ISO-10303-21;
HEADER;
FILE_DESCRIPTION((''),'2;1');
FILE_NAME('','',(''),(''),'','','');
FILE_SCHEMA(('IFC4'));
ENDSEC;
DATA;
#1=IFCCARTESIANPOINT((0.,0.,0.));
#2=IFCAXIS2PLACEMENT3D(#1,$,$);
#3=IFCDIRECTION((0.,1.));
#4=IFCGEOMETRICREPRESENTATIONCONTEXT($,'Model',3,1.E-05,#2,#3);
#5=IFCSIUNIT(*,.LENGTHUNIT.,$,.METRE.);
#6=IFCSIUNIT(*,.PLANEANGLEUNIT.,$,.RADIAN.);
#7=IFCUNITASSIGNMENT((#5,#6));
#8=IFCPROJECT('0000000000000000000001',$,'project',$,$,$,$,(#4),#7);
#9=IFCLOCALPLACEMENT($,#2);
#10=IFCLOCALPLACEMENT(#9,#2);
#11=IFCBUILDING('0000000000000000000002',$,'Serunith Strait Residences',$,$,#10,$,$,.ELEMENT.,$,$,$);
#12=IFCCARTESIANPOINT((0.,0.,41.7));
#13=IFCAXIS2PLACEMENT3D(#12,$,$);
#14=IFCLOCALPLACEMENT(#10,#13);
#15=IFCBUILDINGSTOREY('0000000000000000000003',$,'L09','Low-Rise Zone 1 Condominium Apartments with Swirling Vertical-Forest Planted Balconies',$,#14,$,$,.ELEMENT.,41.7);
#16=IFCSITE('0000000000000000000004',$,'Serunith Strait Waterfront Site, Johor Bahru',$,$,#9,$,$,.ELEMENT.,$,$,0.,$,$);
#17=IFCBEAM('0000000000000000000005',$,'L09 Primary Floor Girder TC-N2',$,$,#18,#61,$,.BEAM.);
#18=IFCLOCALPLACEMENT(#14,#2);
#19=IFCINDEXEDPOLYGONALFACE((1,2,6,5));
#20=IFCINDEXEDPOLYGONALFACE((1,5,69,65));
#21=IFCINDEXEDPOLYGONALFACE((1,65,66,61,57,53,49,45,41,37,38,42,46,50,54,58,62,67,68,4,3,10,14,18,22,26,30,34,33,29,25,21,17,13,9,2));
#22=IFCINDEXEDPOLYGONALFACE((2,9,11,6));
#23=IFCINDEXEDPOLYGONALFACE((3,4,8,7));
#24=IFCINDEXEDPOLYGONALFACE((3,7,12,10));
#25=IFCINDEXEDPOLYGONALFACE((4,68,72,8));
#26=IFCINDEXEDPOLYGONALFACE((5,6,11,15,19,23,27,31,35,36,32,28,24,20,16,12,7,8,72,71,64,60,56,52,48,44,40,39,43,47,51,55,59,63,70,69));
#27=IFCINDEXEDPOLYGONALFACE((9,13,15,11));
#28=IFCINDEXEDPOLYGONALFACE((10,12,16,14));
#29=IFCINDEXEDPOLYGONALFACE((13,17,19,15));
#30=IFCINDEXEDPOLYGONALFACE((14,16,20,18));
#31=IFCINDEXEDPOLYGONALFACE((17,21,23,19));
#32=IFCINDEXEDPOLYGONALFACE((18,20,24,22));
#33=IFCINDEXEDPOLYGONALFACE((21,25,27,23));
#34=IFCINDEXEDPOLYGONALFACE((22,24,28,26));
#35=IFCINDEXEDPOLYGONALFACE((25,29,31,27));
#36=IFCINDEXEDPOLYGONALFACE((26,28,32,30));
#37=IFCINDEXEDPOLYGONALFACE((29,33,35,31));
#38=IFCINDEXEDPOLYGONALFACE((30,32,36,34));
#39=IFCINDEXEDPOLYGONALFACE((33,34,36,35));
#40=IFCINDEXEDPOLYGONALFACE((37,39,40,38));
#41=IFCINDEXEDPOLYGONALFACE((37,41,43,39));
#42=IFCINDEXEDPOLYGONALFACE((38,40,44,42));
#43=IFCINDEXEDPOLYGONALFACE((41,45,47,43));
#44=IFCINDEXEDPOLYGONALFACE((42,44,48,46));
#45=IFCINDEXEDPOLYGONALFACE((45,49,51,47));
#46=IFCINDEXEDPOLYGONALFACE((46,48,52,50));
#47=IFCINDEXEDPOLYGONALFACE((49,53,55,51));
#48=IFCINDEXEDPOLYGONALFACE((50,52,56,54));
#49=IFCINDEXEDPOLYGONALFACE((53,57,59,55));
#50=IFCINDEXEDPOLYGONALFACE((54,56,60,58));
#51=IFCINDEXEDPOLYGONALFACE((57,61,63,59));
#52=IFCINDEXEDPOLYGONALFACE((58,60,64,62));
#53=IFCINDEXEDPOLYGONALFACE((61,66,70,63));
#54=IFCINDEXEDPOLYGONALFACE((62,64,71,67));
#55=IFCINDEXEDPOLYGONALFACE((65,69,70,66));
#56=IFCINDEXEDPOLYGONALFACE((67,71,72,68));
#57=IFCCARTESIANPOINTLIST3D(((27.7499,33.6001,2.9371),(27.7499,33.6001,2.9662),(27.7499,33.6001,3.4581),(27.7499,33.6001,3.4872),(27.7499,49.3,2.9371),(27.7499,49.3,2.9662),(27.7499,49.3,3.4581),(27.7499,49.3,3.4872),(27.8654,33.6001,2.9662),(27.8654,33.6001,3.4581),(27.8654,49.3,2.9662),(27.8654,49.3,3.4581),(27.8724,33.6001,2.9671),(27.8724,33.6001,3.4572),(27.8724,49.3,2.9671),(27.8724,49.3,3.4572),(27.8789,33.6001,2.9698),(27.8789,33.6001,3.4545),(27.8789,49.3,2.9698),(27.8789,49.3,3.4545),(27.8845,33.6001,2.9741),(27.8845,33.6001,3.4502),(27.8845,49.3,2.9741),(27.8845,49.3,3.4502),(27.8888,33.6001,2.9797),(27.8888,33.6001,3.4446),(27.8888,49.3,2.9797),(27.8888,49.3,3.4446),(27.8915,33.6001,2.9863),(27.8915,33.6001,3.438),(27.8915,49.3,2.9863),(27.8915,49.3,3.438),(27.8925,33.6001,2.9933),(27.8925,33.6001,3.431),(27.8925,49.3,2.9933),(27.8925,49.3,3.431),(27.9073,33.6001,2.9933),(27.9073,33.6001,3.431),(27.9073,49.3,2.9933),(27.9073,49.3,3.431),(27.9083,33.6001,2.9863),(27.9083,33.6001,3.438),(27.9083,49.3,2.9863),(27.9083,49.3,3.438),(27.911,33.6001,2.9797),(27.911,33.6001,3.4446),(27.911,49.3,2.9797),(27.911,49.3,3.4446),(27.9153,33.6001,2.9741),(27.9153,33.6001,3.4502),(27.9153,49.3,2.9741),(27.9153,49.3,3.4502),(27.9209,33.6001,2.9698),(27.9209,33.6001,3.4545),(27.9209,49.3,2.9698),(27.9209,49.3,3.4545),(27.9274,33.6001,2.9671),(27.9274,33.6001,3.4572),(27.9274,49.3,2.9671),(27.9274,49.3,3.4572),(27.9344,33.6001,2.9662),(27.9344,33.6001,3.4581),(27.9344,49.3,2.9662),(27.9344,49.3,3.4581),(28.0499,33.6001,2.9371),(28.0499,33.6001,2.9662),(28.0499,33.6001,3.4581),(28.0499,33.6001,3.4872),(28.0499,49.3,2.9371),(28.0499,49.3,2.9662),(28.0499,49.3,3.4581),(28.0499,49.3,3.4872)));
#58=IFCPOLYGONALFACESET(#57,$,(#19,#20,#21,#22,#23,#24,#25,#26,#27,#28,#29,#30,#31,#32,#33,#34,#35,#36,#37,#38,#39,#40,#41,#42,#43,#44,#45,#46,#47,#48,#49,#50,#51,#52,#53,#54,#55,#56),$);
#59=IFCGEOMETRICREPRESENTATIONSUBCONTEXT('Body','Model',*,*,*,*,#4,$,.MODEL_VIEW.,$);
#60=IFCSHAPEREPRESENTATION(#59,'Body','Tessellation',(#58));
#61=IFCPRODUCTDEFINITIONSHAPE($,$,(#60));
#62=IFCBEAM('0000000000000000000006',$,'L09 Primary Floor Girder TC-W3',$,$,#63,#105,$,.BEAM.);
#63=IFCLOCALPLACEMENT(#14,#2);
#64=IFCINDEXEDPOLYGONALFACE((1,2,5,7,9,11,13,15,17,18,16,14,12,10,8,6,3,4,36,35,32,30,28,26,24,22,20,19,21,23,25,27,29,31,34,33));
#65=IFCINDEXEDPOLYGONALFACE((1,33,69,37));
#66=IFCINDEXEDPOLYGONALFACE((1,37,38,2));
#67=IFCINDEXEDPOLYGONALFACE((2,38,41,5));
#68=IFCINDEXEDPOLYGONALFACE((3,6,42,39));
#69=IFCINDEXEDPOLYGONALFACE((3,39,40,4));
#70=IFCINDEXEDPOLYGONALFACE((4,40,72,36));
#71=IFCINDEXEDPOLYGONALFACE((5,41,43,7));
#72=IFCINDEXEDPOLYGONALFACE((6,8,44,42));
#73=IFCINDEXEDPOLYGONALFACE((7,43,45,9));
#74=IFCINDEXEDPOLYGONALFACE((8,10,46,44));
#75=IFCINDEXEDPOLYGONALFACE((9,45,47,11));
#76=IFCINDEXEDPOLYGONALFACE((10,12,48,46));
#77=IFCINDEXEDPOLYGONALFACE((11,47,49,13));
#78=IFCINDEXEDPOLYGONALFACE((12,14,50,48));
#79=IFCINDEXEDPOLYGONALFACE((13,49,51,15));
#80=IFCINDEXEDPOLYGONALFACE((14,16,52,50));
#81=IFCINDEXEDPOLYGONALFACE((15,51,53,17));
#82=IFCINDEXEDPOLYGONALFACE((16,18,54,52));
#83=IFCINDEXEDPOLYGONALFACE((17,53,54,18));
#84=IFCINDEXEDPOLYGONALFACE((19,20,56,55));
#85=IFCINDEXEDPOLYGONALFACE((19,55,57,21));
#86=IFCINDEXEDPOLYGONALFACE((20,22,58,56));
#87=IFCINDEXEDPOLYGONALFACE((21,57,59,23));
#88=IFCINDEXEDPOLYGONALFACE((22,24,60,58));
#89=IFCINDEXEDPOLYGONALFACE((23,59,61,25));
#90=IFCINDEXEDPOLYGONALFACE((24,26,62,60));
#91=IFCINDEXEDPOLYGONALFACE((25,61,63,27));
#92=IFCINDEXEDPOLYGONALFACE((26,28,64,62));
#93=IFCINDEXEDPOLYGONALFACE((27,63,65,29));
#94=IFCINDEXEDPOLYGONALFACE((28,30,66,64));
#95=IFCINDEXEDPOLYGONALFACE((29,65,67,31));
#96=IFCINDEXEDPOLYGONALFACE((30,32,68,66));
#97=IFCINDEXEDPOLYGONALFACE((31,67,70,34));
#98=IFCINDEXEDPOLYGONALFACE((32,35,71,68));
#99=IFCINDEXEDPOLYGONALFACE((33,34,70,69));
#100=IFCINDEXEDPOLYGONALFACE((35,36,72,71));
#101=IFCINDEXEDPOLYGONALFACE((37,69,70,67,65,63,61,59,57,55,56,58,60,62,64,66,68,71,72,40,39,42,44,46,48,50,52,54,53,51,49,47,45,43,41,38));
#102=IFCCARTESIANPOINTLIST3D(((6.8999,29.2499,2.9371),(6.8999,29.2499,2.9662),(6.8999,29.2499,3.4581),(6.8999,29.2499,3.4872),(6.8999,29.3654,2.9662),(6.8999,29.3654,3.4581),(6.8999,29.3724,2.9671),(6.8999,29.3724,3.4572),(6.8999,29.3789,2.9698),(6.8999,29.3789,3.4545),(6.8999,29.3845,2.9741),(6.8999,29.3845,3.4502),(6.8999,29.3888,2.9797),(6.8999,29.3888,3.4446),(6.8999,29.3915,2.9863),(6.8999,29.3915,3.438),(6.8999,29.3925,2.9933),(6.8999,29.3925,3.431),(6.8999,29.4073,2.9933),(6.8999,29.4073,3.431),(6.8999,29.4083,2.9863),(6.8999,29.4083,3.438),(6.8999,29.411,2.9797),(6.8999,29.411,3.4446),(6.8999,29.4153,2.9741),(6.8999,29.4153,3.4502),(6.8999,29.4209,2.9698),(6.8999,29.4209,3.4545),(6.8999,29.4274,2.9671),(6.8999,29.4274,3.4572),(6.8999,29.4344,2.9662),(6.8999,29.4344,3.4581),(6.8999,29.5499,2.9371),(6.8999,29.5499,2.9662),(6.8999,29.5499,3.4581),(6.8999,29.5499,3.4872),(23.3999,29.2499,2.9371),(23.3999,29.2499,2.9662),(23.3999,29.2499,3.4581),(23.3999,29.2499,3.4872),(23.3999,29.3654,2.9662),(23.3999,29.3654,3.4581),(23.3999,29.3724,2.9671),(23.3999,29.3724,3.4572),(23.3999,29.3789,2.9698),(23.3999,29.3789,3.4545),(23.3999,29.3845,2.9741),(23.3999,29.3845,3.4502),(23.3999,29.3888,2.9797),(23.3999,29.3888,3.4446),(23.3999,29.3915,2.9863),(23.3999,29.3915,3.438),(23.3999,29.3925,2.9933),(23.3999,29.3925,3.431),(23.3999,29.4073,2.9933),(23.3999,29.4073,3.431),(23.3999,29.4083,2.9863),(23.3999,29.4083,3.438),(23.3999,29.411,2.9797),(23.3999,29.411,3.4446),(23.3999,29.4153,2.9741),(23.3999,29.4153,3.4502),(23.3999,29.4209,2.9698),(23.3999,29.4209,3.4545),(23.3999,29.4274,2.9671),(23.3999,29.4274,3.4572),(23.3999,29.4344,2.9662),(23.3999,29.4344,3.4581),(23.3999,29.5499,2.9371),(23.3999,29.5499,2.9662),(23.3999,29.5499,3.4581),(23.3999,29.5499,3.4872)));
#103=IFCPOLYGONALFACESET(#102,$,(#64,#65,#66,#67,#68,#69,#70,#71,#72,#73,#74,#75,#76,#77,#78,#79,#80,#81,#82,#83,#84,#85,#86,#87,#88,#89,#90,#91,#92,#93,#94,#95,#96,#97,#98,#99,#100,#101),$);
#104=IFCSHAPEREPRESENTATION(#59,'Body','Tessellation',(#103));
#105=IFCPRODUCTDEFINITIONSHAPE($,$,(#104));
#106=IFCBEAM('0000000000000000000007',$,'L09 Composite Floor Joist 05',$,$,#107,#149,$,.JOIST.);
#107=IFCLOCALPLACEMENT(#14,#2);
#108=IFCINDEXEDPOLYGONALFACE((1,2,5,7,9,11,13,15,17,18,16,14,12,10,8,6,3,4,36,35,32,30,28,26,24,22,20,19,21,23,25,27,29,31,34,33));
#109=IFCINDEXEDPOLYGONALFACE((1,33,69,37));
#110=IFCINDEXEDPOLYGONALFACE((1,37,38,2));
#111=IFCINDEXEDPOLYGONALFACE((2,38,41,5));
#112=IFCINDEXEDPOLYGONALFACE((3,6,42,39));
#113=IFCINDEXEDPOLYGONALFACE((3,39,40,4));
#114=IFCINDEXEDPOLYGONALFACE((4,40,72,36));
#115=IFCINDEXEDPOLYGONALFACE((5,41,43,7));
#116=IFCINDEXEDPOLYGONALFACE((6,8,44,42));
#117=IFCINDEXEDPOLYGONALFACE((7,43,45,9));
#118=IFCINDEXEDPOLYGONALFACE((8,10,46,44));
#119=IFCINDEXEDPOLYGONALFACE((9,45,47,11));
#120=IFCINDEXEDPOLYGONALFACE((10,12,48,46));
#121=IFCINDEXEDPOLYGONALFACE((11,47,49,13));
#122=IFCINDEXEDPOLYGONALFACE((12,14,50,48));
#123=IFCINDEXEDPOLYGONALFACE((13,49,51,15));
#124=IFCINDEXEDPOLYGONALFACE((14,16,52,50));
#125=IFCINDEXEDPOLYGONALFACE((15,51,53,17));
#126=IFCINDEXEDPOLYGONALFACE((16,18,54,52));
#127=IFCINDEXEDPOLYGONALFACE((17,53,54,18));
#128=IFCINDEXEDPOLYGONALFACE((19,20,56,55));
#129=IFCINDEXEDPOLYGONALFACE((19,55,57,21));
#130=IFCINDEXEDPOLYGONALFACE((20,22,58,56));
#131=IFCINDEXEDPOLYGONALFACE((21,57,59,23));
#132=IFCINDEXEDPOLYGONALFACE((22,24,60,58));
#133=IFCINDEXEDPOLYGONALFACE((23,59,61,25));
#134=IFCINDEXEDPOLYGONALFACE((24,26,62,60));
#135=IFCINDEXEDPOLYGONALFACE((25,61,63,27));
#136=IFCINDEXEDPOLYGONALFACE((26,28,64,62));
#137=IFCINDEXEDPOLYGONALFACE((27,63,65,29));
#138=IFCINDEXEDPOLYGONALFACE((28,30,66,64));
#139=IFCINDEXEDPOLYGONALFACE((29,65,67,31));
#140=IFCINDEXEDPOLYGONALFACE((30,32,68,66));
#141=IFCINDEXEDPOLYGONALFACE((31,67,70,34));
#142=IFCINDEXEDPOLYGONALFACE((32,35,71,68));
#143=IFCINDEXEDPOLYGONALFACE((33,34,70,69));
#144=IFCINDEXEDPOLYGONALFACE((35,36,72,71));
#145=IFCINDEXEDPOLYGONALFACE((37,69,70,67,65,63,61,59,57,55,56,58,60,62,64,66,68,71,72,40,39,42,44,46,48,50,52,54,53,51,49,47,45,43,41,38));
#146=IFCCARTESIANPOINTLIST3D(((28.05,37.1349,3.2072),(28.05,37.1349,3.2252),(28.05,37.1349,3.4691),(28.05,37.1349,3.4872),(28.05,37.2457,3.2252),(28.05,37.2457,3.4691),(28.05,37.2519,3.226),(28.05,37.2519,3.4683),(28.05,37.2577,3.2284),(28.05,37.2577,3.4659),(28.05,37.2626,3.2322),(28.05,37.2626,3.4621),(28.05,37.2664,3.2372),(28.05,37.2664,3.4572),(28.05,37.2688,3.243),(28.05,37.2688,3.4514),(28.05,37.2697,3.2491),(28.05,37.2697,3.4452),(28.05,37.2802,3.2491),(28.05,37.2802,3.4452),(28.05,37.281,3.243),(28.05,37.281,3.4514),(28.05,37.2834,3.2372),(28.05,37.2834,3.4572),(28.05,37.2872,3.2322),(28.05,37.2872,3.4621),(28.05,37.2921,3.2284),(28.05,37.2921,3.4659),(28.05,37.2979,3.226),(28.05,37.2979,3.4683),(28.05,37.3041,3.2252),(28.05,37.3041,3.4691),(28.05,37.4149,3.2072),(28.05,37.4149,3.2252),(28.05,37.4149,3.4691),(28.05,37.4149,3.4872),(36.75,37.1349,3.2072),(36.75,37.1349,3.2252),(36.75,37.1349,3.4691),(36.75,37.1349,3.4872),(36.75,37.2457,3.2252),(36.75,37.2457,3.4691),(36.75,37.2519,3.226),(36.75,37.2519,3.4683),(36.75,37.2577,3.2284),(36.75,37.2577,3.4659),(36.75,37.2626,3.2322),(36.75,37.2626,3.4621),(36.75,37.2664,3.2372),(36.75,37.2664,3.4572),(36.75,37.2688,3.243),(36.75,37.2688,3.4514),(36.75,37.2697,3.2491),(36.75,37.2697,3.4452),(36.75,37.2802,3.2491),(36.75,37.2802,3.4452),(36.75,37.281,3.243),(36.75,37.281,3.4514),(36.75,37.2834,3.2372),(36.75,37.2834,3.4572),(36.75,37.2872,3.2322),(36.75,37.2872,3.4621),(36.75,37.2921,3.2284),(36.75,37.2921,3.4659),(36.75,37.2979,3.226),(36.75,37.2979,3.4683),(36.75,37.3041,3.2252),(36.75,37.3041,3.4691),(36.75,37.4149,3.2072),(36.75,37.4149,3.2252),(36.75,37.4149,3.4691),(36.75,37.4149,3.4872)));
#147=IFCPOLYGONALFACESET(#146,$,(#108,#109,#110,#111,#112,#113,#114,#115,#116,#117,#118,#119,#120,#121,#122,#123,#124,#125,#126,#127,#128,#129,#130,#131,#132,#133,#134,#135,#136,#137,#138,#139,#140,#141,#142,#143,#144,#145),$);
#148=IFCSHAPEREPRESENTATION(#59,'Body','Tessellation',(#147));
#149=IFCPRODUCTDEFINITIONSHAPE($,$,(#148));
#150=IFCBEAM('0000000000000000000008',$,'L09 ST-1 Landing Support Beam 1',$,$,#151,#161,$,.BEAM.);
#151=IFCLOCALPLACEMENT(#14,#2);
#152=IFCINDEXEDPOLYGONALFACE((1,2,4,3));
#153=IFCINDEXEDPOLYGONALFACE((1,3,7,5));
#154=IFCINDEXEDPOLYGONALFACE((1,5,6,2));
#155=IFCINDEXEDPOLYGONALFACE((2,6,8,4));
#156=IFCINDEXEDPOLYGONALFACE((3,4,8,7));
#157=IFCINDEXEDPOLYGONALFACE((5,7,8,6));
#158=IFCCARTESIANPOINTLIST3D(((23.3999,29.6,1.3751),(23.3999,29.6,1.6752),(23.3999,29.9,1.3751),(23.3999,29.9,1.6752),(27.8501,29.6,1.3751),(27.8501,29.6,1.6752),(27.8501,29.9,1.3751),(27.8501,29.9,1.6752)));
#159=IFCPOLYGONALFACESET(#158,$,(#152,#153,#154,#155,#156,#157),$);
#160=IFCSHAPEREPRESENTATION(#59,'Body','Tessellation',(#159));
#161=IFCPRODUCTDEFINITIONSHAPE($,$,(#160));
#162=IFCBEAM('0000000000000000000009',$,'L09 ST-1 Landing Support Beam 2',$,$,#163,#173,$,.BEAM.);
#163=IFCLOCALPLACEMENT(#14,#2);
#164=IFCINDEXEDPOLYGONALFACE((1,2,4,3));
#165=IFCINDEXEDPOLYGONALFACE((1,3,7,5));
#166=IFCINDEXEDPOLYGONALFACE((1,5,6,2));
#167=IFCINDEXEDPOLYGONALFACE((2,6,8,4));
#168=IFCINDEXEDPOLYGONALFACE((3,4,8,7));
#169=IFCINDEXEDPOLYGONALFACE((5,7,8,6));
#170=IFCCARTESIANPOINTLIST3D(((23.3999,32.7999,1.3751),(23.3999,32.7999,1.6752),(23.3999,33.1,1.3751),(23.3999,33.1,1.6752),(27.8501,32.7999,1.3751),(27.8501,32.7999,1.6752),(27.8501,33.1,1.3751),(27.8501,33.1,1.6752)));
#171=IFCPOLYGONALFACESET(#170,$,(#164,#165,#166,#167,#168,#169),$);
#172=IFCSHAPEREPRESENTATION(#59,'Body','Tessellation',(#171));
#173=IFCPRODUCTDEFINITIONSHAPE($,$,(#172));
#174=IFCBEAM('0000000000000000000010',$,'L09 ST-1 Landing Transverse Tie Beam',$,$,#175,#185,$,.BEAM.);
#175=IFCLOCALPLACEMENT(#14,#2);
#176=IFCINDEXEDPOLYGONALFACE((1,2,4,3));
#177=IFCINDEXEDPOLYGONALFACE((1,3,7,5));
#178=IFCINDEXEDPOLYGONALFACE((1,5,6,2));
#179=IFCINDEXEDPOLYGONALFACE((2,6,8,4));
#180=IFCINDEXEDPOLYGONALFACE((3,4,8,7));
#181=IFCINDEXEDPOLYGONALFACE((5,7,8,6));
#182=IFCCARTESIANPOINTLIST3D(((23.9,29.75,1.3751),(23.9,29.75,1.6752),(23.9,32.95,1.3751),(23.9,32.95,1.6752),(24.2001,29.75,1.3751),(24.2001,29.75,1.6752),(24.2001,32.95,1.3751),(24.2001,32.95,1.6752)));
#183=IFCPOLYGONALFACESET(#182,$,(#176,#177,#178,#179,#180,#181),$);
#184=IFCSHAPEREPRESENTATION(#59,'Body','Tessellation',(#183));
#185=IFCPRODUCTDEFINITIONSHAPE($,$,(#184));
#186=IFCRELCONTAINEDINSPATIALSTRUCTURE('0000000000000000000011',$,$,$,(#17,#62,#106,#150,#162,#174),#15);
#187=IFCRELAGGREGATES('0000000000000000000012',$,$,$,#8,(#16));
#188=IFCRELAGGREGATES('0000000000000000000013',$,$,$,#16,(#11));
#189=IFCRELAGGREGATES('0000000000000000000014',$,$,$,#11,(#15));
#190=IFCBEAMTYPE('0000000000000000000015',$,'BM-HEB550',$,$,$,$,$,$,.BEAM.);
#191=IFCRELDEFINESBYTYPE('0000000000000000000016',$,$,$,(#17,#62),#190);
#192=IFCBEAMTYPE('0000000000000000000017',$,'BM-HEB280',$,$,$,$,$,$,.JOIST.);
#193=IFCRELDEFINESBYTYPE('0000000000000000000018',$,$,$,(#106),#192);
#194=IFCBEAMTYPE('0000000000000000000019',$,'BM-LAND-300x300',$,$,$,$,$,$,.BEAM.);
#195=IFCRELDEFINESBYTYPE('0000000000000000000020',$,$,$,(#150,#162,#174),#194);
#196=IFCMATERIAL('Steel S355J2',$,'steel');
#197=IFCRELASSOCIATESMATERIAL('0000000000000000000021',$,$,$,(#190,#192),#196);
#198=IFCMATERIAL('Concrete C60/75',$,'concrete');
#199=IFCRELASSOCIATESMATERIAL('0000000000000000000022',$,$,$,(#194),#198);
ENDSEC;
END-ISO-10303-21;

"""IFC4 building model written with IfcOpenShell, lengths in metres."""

from ifc_helpers import new_model, si_unit, direction, frame, origin, origin_2d, place, context, subcontext, project, spatial, rectangle, i_section, extrude, source, transform, mapped, material, material_profile, profile_set, type_object, element, save


model = new_model("IFC4")

# Units and contexts
model_context = context("Model", 3, precision=1e-05, world=origin(), true_north=direction((0.0, 1.0)))
body_context = subcontext(model_context, "Body", "Model", "MODEL_VIEW")
ifc_project = project(units=[si_unit("LENGTHUNIT", "METRE"), si_unit("PLANEANGLEUNIT", "RADIAN")], contexts=[model_context])

# Site, building, storey
site_placement = place(None, origin())
site = spatial("IfcSite", under=ifc_project, at=site_placement, Name="Serunith Strait Waterfront Site, Johor Bahru", CompositionType="ELEMENT", RefElevation=0.0)
building_placement = place(site_placement, origin())
building = spatial("IfcBuilding", under=site, at=building_placement, Name="Serunith Strait Residences", CompositionType="ELEMENT")
storey_placement = place(building_placement, frame((0.0, 0.0, 41.7)))
storey = spatial("IfcBuildingStorey", under=building, at=storey_placement, Name="L09", Description="Low-Rise Zone 1 Condominium Apartments with Swirling Vertical-Forest Planted Balconies", CompositionType="ELEMENT", Elevation=41.7)

# Beams
ifc_material_1 = material(Name="Steel S355J2", Category="steel")
ifc_material_profile_1 = material_profile(ifc_material_1, i_section(OverallWidth=0.3, OverallDepth=0.55, WebThickness=0.0149, FlangeThickness=0.0291, FilletRadius=0.0271, at=origin_2d()), Name="HEB 550")
ifc_profile_set_1 = profile_set([ifc_material_profile_1], Name="Steel S355J2")
beam_type_1 = type_object("IfcBeamType", Name="BM-HEB550", PredefinedType="BEAM", material=ifc_profile_set_1)
shared_shape_1 = source(origin(), body_context, "Body", "SweptSolid", [
    extrude(i_section(OverallWidth=0.3, OverallDepth=0.55, WebThickness=0.0149, FlangeThickness=0.0291, FilletRadius=0.0271, at=origin_2d()), origin(), (0.0, 0.0, 1.0), 15.7),
])
beam_1_placement = place(storey_placement, frame((27.8999, 33.6001, 3.2122), z_axis=(0.0, 1.0, 0.0), x_axis=(-1.0, 0.0, 0.0)))
element("IfcBeam", 1, at=beam_1_placement, inside=storey, type_object=beam_type_1, Name="L09 Primary Floor Girder TC-N2", PredefinedType="BEAM", context=body_context, shape_type="MappedRepresentation", body=[
    mapped(shared_shape_1, transform((0.0, 0.0, 0.0), scale=1.0)),
])
shared_shape_2 = source(origin(), body_context, "Body", "SweptSolid", [
    extrude(i_section(OverallWidth=0.3, OverallDepth=0.55, WebThickness=0.0149, FlangeThickness=0.0291, FilletRadius=0.0271, at=origin_2d()), origin(), (0.0, 0.0, 1.0), 16.5),
])
beam_2_placement = place(storey_placement, frame((23.3999, 29.3999, 3.2122), z_axis=(-1.0, 0.0, 0.0), x_axis=(0.0, -1.0, 0.0)))
element("IfcBeam", 2, at=beam_2_placement, inside=storey, type_object=beam_type_1, Name="L09 Primary Floor Girder TC-W3", PredefinedType="BEAM", context=body_context, shape_type="MappedRepresentation", body=[
    mapped(shared_shape_2, transform((0.0, 0.0, 0.0), scale=1.0)),
])
ifc_material_profile_2 = material_profile(ifc_material_1, i_section(OverallWidth=0.28, OverallDepth=0.28, WebThickness=0.0105, FlangeThickness=0.0181, FilletRadius=0.0239, at=origin_2d()), Name="HEB 280")
ifc_profile_set_2 = profile_set([ifc_material_profile_2], Name="Steel S355J2")
beam_type_2 = type_object("IfcBeamType", Name="BM-HEB280", PredefinedType="JOIST", material=ifc_profile_set_2)
shared_shape_3 = source(origin(), body_context, "Body", "SweptSolid", [
    extrude(i_section(OverallWidth=0.28, OverallDepth=0.28, WebThickness=0.0105, FlangeThickness=0.0181, FilletRadius=0.0239, at=origin_2d()), origin(), (0.0, 0.0, 1.0), 8.7),
])
beam_3_placement = place(storey_placement, frame((28.05, 37.2749, 3.3472), z_axis=(1.0, 0.0, 0.0), x_axis=(0.0, 1.0, 0.0)))
element("IfcBeam", 3, at=beam_3_placement, inside=storey, type_object=beam_type_2, Name="L09 Composite Floor Joist 05", PredefinedType="JOIST", context=body_context, shape_type="MappedRepresentation", body=[
    mapped(shared_shape_3, transform((0.0, 0.0, 0.0), scale=1.0)),
])
ifc_material_2 = material(Name="Concrete C60/75", Category="concrete")
ifc_material_profile_3 = material_profile(ifc_material_2, rectangle(XDim=0.3, YDim=0.3, at=origin_2d()), Name="RC 300x300")
ifc_profile_set_3 = profile_set([ifc_material_profile_3], Name="Concrete C60/75")
beam_type_3 = type_object("IfcBeamType", Name="BM-LAND-300x300", PredefinedType="BEAM", material=ifc_profile_set_3)
shared_shape_4 = source(origin(), body_context, "Body", "SweptSolid", [
    extrude(rectangle(XDim=0.3, YDim=0.3, at=origin_2d()), origin(), (0.0, 0.0, 1.0), 4.4502),
])
for number, where, z_axis, x_axis, name in (
    (4, (23.3999, 29.75, 1.5251), (1.0, 0.0, 0.0), (0.0, 1.0, 0.0), "L09 ST-1 Landing Support Beam 1"),
    (5, (23.3999, 32.95, 1.5251), (1.0, 0.0, 0.0), (0.0, 1.0, 0.0), "L09 ST-1 Landing Support Beam 2"),
):
    element("IfcBeam", number, at=place(storey_placement, frame(where, z_axis=z_axis, x_axis=x_axis)), inside=storey, type_object=beam_type_3, Name=name, PredefinedType="BEAM", context=body_context, shape_type="MappedRepresentation", body=[
        mapped(shared_shape_4, transform((0.0, 0.0, 0.0), scale=1.0)),
    ])
shared_shape_5 = source(origin(), body_context, "Body", "SweptSolid", [
    extrude(rectangle(XDim=0.3, YDim=0.3, at=origin_2d()), origin(), (0.0, 0.0, 1.0), 3.2),
])
beam_4_placement = place(storey_placement, frame((24.05, 29.75, 1.5251), z_axis=(0.0, 1.0, 0.0), x_axis=(-1.0, 0.0, 0.0)))
element("IfcBeam", 6, at=beam_4_placement, inside=storey, type_object=beam_type_3, Name="L09 ST-1 Landing Transverse Tie Beam", PredefinedType="BEAM", context=body_context, shape_type="MappedRepresentation", body=[
    mapped(shared_shape_5, transform((0.0, 0.0, 0.0), scale=1.0)),
])

save(model, "model.ifc")
